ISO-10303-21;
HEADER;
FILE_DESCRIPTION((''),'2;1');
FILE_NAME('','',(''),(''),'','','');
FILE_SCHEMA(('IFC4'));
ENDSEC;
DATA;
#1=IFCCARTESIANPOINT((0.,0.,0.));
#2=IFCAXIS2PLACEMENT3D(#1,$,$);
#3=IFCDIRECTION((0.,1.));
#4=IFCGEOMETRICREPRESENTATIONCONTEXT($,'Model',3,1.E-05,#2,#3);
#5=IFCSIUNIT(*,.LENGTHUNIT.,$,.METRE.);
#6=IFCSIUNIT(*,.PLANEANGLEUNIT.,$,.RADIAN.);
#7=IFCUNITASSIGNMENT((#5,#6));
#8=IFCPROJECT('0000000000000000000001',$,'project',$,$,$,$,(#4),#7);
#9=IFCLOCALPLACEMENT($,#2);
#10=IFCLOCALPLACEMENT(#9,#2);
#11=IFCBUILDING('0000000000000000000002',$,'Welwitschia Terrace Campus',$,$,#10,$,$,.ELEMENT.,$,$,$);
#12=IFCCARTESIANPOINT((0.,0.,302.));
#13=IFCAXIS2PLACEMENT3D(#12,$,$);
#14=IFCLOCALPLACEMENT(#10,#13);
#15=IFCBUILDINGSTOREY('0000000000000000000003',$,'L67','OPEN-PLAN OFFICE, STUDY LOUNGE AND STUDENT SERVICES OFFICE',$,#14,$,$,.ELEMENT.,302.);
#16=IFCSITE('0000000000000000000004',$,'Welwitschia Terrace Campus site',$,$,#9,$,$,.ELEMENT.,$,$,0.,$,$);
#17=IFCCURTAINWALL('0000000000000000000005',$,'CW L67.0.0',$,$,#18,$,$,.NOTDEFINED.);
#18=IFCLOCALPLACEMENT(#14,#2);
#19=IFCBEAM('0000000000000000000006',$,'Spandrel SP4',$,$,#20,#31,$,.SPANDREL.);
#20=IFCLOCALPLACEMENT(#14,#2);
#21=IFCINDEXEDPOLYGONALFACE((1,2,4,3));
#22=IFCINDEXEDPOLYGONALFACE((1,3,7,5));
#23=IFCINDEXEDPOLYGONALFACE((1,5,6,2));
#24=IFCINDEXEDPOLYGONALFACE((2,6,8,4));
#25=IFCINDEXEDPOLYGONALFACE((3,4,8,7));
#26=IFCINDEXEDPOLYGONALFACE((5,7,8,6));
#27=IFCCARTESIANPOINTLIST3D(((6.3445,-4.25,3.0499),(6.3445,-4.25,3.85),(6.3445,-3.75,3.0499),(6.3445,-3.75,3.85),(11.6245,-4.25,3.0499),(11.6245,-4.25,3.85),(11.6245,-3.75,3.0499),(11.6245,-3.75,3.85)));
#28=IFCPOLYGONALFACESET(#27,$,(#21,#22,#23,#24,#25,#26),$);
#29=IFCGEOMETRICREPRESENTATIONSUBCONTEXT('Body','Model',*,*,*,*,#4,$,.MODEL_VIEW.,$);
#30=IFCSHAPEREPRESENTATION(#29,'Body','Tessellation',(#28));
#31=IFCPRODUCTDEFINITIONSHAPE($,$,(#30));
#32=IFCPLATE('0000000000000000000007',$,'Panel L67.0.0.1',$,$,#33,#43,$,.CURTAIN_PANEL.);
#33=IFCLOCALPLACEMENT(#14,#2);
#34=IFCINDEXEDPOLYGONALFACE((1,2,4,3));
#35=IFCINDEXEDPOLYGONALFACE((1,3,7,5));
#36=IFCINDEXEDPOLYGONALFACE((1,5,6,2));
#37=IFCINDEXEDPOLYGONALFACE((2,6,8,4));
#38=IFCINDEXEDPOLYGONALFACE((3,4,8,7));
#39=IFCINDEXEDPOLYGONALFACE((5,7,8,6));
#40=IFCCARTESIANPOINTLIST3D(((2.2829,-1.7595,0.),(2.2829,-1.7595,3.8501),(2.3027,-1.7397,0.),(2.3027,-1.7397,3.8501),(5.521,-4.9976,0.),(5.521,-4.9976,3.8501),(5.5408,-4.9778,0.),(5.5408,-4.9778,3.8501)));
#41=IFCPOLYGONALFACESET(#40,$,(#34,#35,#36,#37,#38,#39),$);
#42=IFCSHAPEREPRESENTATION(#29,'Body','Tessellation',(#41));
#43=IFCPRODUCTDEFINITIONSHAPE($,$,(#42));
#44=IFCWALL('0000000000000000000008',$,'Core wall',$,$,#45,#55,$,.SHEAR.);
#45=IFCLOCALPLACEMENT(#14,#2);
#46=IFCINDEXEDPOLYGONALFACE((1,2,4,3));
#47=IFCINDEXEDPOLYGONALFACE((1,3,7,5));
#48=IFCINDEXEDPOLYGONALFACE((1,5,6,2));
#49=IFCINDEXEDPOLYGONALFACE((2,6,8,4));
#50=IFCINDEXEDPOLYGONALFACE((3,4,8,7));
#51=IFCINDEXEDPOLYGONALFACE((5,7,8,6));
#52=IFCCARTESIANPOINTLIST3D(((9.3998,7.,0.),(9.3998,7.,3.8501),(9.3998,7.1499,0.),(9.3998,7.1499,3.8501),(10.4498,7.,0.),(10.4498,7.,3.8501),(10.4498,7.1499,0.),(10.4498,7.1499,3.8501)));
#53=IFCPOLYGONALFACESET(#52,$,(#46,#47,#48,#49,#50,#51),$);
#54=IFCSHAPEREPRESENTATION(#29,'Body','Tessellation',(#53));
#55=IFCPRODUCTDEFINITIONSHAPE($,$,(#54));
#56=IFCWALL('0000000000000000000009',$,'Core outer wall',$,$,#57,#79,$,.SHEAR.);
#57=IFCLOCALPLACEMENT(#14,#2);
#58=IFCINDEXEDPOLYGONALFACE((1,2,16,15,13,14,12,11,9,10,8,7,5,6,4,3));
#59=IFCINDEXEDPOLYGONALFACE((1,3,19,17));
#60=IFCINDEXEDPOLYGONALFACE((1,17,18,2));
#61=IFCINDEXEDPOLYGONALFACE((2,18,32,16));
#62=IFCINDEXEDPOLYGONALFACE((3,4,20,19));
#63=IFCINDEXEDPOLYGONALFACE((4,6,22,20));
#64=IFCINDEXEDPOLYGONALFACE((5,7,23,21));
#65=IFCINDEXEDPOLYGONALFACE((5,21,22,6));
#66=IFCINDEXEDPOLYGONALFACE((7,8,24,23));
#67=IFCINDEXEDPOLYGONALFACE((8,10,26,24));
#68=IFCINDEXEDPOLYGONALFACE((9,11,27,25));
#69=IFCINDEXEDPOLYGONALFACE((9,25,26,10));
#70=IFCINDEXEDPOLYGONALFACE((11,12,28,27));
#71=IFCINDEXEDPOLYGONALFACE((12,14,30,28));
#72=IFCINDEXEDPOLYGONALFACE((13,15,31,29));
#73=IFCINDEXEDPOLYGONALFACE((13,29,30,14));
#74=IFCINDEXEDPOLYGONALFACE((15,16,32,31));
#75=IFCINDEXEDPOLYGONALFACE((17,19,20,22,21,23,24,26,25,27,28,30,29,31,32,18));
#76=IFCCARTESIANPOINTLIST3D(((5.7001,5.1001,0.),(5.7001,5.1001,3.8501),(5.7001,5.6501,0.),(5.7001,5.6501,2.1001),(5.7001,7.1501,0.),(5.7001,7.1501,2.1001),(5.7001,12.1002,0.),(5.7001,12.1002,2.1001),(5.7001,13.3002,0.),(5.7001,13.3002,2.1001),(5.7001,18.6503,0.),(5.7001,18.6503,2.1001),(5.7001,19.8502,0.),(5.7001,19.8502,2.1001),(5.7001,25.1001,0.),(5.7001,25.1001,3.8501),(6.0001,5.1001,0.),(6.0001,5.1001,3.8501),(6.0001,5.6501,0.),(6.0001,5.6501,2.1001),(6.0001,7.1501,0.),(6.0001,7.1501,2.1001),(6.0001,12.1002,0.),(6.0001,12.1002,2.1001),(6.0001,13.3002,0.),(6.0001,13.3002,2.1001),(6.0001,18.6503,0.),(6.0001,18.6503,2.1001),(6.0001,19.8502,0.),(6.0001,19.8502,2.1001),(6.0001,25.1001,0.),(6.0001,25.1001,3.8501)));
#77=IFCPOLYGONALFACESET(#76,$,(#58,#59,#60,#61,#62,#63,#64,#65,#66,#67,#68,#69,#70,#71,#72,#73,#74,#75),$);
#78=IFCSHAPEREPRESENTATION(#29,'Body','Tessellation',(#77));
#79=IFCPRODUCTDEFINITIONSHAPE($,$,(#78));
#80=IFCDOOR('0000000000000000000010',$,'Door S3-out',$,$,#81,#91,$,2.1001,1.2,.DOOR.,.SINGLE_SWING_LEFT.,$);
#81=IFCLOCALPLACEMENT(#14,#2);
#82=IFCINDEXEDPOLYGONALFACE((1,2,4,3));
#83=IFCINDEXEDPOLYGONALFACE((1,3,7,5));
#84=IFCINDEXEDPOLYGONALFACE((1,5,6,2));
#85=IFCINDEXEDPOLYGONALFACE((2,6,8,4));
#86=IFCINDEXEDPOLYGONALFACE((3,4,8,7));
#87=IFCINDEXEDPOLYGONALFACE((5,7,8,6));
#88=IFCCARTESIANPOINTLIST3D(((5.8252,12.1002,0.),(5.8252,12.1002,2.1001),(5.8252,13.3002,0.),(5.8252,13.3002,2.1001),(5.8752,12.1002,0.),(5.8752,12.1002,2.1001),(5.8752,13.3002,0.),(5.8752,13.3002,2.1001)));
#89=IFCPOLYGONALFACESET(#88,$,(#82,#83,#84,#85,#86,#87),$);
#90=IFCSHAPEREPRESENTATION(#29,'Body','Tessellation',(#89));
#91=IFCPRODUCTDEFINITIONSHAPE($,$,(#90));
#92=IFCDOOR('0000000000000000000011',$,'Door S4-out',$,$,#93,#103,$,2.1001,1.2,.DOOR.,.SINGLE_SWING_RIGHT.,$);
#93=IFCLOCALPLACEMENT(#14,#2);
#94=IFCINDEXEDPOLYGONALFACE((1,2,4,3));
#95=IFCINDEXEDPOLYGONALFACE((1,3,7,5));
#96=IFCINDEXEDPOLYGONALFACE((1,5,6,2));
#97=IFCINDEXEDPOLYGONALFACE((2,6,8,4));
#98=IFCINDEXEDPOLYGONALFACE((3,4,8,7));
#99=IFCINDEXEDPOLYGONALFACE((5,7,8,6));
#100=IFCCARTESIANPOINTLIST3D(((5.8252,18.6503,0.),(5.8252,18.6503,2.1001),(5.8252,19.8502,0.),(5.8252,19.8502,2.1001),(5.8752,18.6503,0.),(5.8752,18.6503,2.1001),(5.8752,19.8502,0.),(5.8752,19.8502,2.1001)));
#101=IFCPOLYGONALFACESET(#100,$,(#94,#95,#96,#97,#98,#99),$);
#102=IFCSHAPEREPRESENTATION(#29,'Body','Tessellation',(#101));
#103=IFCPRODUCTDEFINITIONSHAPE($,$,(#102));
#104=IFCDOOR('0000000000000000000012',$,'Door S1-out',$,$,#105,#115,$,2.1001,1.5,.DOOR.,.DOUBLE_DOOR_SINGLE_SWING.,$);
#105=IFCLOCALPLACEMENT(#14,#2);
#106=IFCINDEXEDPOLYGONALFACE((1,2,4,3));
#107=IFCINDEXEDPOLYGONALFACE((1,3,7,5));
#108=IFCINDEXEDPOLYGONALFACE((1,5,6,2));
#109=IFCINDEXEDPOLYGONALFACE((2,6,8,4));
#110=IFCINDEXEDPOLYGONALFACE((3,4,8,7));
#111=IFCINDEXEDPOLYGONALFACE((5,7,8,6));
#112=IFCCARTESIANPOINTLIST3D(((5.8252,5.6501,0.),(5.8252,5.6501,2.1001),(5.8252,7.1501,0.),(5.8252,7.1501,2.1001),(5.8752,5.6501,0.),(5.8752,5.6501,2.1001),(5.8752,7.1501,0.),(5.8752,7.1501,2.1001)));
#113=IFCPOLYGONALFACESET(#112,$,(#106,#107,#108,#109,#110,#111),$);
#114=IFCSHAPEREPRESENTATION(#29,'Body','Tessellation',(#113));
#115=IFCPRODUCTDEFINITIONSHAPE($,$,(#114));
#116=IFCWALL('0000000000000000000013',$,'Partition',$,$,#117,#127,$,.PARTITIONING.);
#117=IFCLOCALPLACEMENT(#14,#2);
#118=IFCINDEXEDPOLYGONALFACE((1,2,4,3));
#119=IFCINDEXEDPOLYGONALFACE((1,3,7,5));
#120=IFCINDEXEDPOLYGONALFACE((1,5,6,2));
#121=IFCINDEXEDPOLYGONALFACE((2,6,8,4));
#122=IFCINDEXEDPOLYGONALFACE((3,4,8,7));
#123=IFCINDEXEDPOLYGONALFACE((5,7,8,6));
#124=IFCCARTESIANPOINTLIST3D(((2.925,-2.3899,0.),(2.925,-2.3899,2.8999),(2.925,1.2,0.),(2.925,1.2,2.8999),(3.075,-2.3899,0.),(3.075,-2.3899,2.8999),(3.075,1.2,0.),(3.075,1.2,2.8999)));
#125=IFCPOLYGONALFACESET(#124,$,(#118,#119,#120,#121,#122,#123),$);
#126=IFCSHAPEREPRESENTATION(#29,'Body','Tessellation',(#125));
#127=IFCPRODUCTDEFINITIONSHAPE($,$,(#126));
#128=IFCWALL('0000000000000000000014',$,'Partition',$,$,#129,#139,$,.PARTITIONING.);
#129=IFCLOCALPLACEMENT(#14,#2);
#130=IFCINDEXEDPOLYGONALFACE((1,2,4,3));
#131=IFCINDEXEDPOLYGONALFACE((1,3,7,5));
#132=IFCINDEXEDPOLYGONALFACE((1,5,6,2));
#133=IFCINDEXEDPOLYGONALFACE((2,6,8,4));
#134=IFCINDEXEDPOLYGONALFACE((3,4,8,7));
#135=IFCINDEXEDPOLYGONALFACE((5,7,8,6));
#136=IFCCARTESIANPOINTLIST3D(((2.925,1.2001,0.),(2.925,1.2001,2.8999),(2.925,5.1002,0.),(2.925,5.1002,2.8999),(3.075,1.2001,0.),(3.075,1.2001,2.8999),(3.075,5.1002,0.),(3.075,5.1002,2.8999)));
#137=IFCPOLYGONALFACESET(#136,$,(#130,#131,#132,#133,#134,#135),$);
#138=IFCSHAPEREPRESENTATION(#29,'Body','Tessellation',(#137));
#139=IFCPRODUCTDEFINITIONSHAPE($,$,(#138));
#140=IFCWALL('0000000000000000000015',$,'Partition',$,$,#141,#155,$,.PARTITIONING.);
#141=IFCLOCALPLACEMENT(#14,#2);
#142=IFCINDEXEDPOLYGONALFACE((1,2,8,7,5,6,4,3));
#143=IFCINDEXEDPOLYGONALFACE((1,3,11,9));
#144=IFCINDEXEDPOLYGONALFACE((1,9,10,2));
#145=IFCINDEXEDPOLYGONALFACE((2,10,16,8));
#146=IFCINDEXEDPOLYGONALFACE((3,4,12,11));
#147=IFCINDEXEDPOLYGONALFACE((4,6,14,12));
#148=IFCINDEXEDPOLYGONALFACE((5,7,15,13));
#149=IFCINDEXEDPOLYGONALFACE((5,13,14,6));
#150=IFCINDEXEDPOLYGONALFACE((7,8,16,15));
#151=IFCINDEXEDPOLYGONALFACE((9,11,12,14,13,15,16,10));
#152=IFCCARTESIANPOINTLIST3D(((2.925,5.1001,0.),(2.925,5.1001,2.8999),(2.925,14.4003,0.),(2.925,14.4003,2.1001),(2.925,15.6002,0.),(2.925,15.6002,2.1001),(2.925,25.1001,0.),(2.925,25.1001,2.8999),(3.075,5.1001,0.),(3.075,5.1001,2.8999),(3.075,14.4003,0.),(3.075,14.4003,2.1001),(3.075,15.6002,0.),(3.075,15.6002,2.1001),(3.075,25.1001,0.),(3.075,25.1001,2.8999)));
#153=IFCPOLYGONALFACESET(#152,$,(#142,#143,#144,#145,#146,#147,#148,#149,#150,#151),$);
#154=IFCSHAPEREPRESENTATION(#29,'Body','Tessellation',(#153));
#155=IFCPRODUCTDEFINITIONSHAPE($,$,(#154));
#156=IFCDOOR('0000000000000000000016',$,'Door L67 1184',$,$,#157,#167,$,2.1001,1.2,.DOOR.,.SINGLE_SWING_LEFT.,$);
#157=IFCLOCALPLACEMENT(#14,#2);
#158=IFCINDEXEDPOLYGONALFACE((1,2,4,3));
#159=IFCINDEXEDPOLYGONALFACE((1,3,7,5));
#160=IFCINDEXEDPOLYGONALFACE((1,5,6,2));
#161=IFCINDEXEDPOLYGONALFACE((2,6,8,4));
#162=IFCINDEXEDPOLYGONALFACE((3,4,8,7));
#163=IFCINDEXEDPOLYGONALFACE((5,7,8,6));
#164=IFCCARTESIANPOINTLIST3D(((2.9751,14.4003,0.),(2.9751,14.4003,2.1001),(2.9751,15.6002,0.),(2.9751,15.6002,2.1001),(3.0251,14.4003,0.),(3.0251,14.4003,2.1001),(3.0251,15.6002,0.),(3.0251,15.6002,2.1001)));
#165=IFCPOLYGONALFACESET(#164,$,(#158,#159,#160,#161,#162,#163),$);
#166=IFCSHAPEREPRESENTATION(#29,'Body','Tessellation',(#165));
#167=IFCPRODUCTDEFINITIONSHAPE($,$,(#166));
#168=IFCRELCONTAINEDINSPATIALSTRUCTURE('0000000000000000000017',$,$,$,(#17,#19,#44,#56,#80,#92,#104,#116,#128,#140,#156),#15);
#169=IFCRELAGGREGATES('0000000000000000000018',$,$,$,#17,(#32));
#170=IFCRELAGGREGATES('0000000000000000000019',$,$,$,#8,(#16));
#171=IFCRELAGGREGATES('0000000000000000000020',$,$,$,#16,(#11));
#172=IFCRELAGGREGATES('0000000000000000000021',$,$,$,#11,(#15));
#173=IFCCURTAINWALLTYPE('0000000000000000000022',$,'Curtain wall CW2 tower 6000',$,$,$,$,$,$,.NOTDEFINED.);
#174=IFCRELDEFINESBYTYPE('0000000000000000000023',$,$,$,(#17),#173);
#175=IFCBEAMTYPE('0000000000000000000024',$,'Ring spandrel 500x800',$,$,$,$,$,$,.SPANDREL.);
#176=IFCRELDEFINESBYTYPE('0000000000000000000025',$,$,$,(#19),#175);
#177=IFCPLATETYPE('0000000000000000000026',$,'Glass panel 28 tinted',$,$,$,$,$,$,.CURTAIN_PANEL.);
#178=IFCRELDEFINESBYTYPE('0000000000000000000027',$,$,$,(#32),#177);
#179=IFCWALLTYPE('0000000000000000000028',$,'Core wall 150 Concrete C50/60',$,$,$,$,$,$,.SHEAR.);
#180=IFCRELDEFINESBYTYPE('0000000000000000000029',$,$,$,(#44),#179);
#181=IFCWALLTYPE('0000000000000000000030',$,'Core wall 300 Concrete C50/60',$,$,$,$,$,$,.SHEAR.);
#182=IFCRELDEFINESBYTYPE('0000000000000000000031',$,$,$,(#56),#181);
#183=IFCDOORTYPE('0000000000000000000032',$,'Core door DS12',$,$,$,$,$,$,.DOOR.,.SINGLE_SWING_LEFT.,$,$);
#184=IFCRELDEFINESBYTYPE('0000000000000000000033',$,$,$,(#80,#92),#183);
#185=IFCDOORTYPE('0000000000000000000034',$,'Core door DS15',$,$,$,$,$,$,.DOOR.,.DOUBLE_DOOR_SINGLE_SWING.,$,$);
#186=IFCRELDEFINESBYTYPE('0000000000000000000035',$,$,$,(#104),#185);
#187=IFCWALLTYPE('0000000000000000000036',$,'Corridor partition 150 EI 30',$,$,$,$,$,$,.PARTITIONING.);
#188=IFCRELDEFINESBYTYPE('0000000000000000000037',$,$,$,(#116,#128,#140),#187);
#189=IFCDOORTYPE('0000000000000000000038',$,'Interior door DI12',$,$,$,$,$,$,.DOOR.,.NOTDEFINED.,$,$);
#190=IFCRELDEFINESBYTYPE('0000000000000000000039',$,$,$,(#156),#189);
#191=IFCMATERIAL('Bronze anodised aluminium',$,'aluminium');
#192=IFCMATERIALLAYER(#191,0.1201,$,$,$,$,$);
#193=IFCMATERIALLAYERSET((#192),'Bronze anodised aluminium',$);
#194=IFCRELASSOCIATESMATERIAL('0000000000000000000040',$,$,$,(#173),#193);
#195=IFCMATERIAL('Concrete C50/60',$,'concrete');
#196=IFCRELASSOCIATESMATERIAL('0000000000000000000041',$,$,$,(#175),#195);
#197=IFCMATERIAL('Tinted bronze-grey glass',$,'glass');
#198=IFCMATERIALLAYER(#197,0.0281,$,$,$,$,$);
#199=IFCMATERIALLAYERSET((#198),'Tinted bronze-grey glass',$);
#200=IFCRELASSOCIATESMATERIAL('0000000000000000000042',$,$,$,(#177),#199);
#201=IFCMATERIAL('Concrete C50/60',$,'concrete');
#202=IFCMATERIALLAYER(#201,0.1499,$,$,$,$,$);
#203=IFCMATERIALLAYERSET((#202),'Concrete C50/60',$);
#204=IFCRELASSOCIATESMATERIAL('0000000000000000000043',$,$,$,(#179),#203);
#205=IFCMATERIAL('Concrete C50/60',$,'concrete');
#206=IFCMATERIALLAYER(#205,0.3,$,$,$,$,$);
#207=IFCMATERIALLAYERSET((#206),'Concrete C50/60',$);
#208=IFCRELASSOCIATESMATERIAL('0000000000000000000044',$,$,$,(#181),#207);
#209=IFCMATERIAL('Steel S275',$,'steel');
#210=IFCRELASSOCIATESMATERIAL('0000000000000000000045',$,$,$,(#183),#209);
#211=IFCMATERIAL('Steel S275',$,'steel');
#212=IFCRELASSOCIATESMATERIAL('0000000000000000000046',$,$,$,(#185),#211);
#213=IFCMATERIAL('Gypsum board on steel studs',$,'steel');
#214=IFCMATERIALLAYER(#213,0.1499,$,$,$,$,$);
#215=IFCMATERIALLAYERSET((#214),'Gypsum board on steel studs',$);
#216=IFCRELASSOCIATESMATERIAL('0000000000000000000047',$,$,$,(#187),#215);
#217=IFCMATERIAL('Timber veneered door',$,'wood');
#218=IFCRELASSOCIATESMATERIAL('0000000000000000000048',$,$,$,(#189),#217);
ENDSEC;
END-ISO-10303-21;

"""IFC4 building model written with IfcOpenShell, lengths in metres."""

from ifc_helpers import new_model, si_unit, direction, frame, frame_2d, origin, origin_2d, place, context, subcontext, project, spatial, rectangle, extrude, material, layer, layer_set, material_profile, profile_set, type_object, element, fill, aggregate, save


model = new_model("IFC4")

# Units and contexts
model_context = context("Model", 3, precision=1e-05, world=origin(), true_north=direction((0.0, 1.0)))
body_context = subcontext(model_context, "Body", "Model", "MODEL_VIEW")
ifc_project = project(units=[si_unit("LENGTHUNIT", "METRE"), si_unit("PLANEANGLEUNIT", "RADIAN")], contexts=[model_context])

# Site, building, storey
site_placement = place(None, origin())
site = spatial("IfcSite", under=ifc_project, at=site_placement, Name="Welwitschia Terrace Campus site", CompositionType="ELEMENT", RefElevation=0.0)
building_placement = place(site_placement, origin())
building = spatial("IfcBuilding", under=site, at=building_placement, Name="Welwitschia Terrace Campus", CompositionType="ELEMENT")
storey_placement = place(building_placement, frame((0.0, 0.0, 302.0)))
storey = spatial("IfcBuildingStorey", under=building, at=storey_placement, Name="L67", Description="OPEN-PLAN OFFICE, STUDY LOUNGE AND STUDENT SERVICES OFFICE", CompositionType="ELEMENT", Elevation=302.0)

# Curtain wall
ifc_material_1 = material(Name="Bronze anodised aluminium", Category="aluminium")
ifc_layer_1 = layer(ifc_material_1, 0.1201)
ifc_layer_set_1 = layer_set([ifc_layer_1], Name="Bronze anodised aluminium")
curtain_wall_type = type_object("IfcCurtainWallType", Name="Curtain wall CW2 tower 6000", PredefinedType="NOTDEFINED", material=ifc_layer_set_1)
curtain_wall_placement = place(storey_placement, origin())
curtain_wall = element("IfcCurtainWall", 1, at=curtain_wall_placement, inside=storey, type_object=curtain_wall_type, Name="CW L67.0.0", PredefinedType="NOTDEFINED")

# Beam
ifc_material_2 = material(Name="Concrete C50/60", Category="concrete")
ifc_material_profile_1 = material_profile(ifc_material_2, rectangle(XDim=0.5, YDim=0.8, at=origin_2d()))
ifc_profile_set_1 = profile_set([ifc_material_profile_1], Name="Concrete C50/60")
beam_type_1 = type_object("IfcBeamType", Name="Ring spandrel 500x800", PredefinedType="SPANDREL", material=ifc_profile_set_1)
beam_1_placement = place(storey_placement, frame((6.3445, -4.0, 3.45), z_axis=(1.0, 0.0, 0.0), x_axis=(0.0, 1.0, 0.0)))
element("IfcBeam", 2, at=beam_1_placement, inside=storey, type_object=beam_type_1, Name="Spandrel SP4", PredefinedType="SPANDREL", context=body_context, shape_type="SweptSolid", body=[
    extrude(rectangle(XDim=0.5, YDim=0.8, at=origin_2d()), origin(), (0.0, 0.0, 1.0), 5.28),
])

# Plate
ifc_material_3 = material(Name="Tinted bronze-grey glass", Category="glass")
ifc_layer_2 = layer(ifc_material_3, 0.0281)
ifc_layer_set_2 = layer_set([ifc_layer_2], Name="Tinted bronze-grey glass")
plate_type = type_object("IfcPlateType", Name="Glass panel 28 tinted", PredefinedType="CURTAIN_PANEL", material=ifc_layer_set_2)
plate_placement = place(storey_placement, frame((3.9119, -3.3687, 0.0), z_axis=(0.0, 0.0, 1.0), x_axis=(0.707107, -0.707107, 0.0)))
plate = element("IfcPlate", 3, at=plate_placement, type_object=plate_type, Name="Panel L67.0.0.1", PredefinedType="CURTAIN_PANEL", context=body_context, shape_type="SweptSolid", body=[
    extrude(rectangle(XDim=4.5793, YDim=0.0281, at=origin_2d()), origin(), (0.0, 0.0, 1.0), 3.8501),
])
aggregate(curtain_wall, [plate])

# Wall
ifc_material_4 = material(Name="Concrete C50/60", Category="concrete")
ifc_layer_3 = layer(ifc_material_4, 0.1499)
ifc_layer_set_3 = layer_set([ifc_layer_3], Name="Concrete C50/60")
wall_type_1 = type_object("IfcWallType", Name="Core wall 150 Concrete C50/60", PredefinedType="SHEAR", material=ifc_layer_set_3)
wall_1_placement = place(storey_placement, frame((9.3999, 7.075, 0.0), z_axis=(0.0, 0.0, 1.0), x_axis=(1.0, 0.0, 0.0)))
element("IfcWall", 4, at=wall_1_placement, inside=storey, type_object=wall_type_1, Name="Core wall", PredefinedType="SHEAR", context=body_context, shape_type="SweptSolid", body=[
    extrude(rectangle(XDim=1.05, YDim=0.1499, at=frame_2d((0.5249, 0.0))), origin(), (0.0, 0.0, 1.0), 3.8501),
])

# Wall, openings, doors
ifc_material_5 = material(Name="Concrete C50/60", Category="concrete")
ifc_layer_4 = layer(ifc_material_5, 0.3)
ifc_layer_set_4 = layer_set([ifc_layer_4], Name="Concrete C50/60")
wall_type_2 = type_object("IfcWallType", Name="Core wall 300 Concrete C50/60", PredefinedType="SHEAR", material=ifc_layer_set_4)
wall_2_placement = place(storey_placement, frame((5.8501, 5.1001, 0.0), z_axis=(0.0, 0.0, 1.0), x_axis=(0.0, 1.0, 0.0)))
wall_2 = element("IfcWall", 5, at=wall_2_placement, inside=storey, type_object=wall_type_2, Name="Core outer wall", PredefinedType="SHEAR", context=body_context, shape_type="SweptSolid", body=[
    extrude(rectangle(XDim=20.0, YDim=0.3, at=frame_2d((10.0, 0.0))), origin(), (0.0, 0.0, 1.0), 3.8501),
])
opening_1_placement = place(wall_2_placement, frame((0.55, 0.0, 0.0)))
opening_1 = element("IfcOpeningElement", 6, at=opening_1_placement, cuts=wall_2, PredefinedType="OPENING", context=body_context, shape_type="SweptSolid", body=[
    extrude(rectangle(XDim=1.5, YDim=2.1001, at=frame_2d((0.75, 1.05))), frame((0.0, 0.1599, 0.0), z_axis=(0.0, -1.0, 0.0), x_axis=(1.0, 0.0, 0.0)), (0.0, 0.0, 1.0), 0.3201),
])
opening_2_placement = place(wall_2_placement, frame((7.0, 0.0, 0.0)))
opening_2 = element("IfcOpeningElement", 7, at=opening_2_placement, cuts=wall_2, PredefinedType="OPENING", context=body_context, shape_type="SweptSolid", body=[
    extrude(rectangle(XDim=1.2, YDim=2.1001, at=frame_2d((0.6001, 1.05))), frame((0.0, 0.1599, 0.0), z_axis=(0.0, -1.0, 0.0), x_axis=(1.0, 0.0, 0.0)), (0.0, 0.0, 1.0), 0.3201),
])
opening_3_placement = place(wall_2_placement, frame((13.55, 0.0, 0.0)))
opening_3 = element("IfcOpeningElement", 8, at=opening_3_placement, cuts=wall_2, PredefinedType="OPENING", context=body_context, shape_type="SweptSolid", body=[
    extrude(rectangle(XDim=1.2, YDim=2.1001, at=frame_2d((0.6001, 1.05))), frame((0.0, 0.1599, 0.0), z_axis=(0.0, -1.0, 0.0), x_axis=(1.0, 0.0, 0.0)), (0.0, 0.0, 1.0), 0.3201),
])
ifc_material_6 = material(Name="Steel S275", Category="steel")
door_type_1 = type_object("IfcDoorType", Name="Core door DS12", OperationType="SINGLE_SWING_LEFT", PredefinedType="DOOR", material=ifc_material_6)
door_1_placement = place(opening_2_placement, origin())
door_1 = element("IfcDoor", 9, at=door_1_placement, inside=storey, type_object=door_type_1, Name="Door S3-out", OperationType="SINGLE_SWING_LEFT", OverallHeight=2.1001, OverallWidth=1.2, PredefinedType="DOOR", context=body_context, shape_type="SweptSolid", body=[
    extrude(rectangle(XDim=1.2, YDim=2.1001, at=frame_2d((0.6001, 1.05))), frame((0.0, 0.0249, 0.0), z_axis=(0.0, -1.0, 0.0), x_axis=(1.0, 0.0, 0.0)), (0.0, 0.0, 1.0), 0.05),
])
fill(opening_2, door_1)
door_2_placement = place(opening_3_placement, origin())
door_2 = element("IfcDoor", 10, at=door_2_placement, inside=storey, type_object=door_type_1, Name="Door S4-out", OperationType="SINGLE_SWING_RIGHT", OverallHeight=2.1001, OverallWidth=1.2, PredefinedType="DOOR", context=body_context, shape_type="SweptSolid", body=[
    extrude(rectangle(XDim=1.2, YDim=2.1001, at=frame_2d((0.6001, 1.05))), frame((0.0, 0.0249, 0.0), z_axis=(0.0, -1.0, 0.0), x_axis=(1.0, 0.0, 0.0)), (0.0, 0.0, 1.0), 0.05),
])
fill(opening_3, door_2)
ifc_material_7 = material(Name="Steel S275", Category="steel")
door_type_2 = type_object("IfcDoorType", Name="Core door DS15", OperationType="DOUBLE_DOOR_SINGLE_SWING", PredefinedType="DOOR", material=ifc_material_7)
door_3_placement = place(opening_1_placement, origin())
door_3 = element("IfcDoor", 11, at=door_3_placement, inside=storey, type_object=door_type_2, Name="Door S1-out", OperationType="DOUBLE_DOOR_SINGLE_SWING", OverallHeight=2.1001, OverallWidth=1.5, PredefinedType="DOOR", context=body_context, shape_type="SweptSolid", body=[
    extrude(rectangle(XDim=1.5, YDim=2.1001, at=frame_2d((0.75, 1.05))), frame((0.0, 0.0249, 0.0), z_axis=(0.0, -1.0, 0.0), x_axis=(1.0, 0.0, 0.0)), (0.0, 0.0, 1.0), 0.05),
])
fill(opening_1, door_3)

# Walls
ifc_material_8 = material(Name="Gypsum board on steel studs", Category="steel")
ifc_layer_5 = layer(ifc_material_8, 0.1499)
ifc_layer_set_5 = layer_set([ifc_layer_5], Name="Gypsum board on steel studs")
wall_type_3 = type_object("IfcWallType", Name="Corridor partition 150 EI 30", PredefinedType="PARTITIONING", material=ifc_layer_set_5)
wall_3_placement = place(storey_placement, frame((3.0, -2.3899, 0.0), z_axis=(0.0, 0.0, 1.0), x_axis=(0.0, 1.0, 0.0)))
element("IfcWall", 12, at=wall_3_placement, inside=storey, type_object=wall_type_3, Name="Partition", PredefinedType="PARTITIONING", context=body_context, shape_type="SweptSolid", body=[
    extrude(rectangle(XDim=3.5898, YDim=0.1499, at=frame_2d((1.7949, 0.0))), origin(), (0.0, 0.0, 1.0), 2.8999),
])
wall_4_placement = place(storey_placement, frame((3.0, 1.2, 0.0), z_axis=(0.0, 0.0, 1.0), x_axis=(0.0, 1.0, 0.0)))
element("IfcWall", 13, at=wall_4_placement, inside=storey, type_object=wall_type_3, Name="Partition", PredefinedType="PARTITIONING", context=body_context, shape_type="SweptSolid", body=[
    extrude(rectangle(XDim=3.9001, YDim=0.1499, at=frame_2d((1.9502, 0.0))), origin(), (0.0, 0.0, 1.0), 2.8999),
])

# Wall, opening, door
wall_5_placement = place(storey_placement, frame((3.0, 5.1001, 0.0), z_axis=(0.0, 0.0, 1.0), x_axis=(0.0, 1.0, 0.0)))
wall_5 = element("IfcWall", 14, at=wall_5_placement, inside=storey, type_object=wall_type_3, Name="Partition", PredefinedType="PARTITIONING", context=body_context, shape_type="SweptSolid", body=[
    extrude(rectangle(XDim=20.0, YDim=0.1499, at=frame_2d((10.0, 0.0))), origin(), (0.0, 0.0, 1.0), 2.8999),
])
opening_4_placement = place(wall_5_placement, frame((9.3, 0.0, 0.0)))
opening_4 = element("IfcOpeningElement", 15, at=opening_4_placement, cuts=wall_5, PredefinedType="OPENING", context=body_context, shape_type="SweptSolid", body=[
    extrude(rectangle(XDim=1.2, YDim=2.1001, at=frame_2d((0.6001, 1.05))), frame((0.0, 0.085, 0.0), z_axis=(0.0, -1.0, 0.0), x_axis=(1.0, 0.0, 0.0)), (0.0, 0.0, 1.0), 0.1699),
])
ifc_material_9 = material(Name="Timber veneered door", Category="wood")
door_type_3 = type_object("IfcDoorType", Name="Interior door DI12", OperationType="NOTDEFINED", PredefinedType="DOOR", material=ifc_material_9)
door_4_placement = place(opening_4_placement, origin())
door_4 = element("IfcDoor", 16, at=door_4_placement, inside=storey, type_object=door_type_3, Name="Door L67 1184", OperationType="SINGLE_SWING_LEFT", OverallHeight=2.1001, OverallWidth=1.2, PredefinedType="DOOR", context=body_context, shape_type="SweptSolid", body=[
    extrude(rectangle(XDim=1.2, YDim=2.1001, at=frame_2d((0.6001, 1.05))), frame((0.0, 0.0249, 0.0), z_axis=(0.0, -1.0, 0.0), x_axis=(1.0, 0.0, 0.0)), (0.0, 0.0, 1.0), 0.05),
])
fill(opening_4, door_4)

save(model, "model.ifc")
